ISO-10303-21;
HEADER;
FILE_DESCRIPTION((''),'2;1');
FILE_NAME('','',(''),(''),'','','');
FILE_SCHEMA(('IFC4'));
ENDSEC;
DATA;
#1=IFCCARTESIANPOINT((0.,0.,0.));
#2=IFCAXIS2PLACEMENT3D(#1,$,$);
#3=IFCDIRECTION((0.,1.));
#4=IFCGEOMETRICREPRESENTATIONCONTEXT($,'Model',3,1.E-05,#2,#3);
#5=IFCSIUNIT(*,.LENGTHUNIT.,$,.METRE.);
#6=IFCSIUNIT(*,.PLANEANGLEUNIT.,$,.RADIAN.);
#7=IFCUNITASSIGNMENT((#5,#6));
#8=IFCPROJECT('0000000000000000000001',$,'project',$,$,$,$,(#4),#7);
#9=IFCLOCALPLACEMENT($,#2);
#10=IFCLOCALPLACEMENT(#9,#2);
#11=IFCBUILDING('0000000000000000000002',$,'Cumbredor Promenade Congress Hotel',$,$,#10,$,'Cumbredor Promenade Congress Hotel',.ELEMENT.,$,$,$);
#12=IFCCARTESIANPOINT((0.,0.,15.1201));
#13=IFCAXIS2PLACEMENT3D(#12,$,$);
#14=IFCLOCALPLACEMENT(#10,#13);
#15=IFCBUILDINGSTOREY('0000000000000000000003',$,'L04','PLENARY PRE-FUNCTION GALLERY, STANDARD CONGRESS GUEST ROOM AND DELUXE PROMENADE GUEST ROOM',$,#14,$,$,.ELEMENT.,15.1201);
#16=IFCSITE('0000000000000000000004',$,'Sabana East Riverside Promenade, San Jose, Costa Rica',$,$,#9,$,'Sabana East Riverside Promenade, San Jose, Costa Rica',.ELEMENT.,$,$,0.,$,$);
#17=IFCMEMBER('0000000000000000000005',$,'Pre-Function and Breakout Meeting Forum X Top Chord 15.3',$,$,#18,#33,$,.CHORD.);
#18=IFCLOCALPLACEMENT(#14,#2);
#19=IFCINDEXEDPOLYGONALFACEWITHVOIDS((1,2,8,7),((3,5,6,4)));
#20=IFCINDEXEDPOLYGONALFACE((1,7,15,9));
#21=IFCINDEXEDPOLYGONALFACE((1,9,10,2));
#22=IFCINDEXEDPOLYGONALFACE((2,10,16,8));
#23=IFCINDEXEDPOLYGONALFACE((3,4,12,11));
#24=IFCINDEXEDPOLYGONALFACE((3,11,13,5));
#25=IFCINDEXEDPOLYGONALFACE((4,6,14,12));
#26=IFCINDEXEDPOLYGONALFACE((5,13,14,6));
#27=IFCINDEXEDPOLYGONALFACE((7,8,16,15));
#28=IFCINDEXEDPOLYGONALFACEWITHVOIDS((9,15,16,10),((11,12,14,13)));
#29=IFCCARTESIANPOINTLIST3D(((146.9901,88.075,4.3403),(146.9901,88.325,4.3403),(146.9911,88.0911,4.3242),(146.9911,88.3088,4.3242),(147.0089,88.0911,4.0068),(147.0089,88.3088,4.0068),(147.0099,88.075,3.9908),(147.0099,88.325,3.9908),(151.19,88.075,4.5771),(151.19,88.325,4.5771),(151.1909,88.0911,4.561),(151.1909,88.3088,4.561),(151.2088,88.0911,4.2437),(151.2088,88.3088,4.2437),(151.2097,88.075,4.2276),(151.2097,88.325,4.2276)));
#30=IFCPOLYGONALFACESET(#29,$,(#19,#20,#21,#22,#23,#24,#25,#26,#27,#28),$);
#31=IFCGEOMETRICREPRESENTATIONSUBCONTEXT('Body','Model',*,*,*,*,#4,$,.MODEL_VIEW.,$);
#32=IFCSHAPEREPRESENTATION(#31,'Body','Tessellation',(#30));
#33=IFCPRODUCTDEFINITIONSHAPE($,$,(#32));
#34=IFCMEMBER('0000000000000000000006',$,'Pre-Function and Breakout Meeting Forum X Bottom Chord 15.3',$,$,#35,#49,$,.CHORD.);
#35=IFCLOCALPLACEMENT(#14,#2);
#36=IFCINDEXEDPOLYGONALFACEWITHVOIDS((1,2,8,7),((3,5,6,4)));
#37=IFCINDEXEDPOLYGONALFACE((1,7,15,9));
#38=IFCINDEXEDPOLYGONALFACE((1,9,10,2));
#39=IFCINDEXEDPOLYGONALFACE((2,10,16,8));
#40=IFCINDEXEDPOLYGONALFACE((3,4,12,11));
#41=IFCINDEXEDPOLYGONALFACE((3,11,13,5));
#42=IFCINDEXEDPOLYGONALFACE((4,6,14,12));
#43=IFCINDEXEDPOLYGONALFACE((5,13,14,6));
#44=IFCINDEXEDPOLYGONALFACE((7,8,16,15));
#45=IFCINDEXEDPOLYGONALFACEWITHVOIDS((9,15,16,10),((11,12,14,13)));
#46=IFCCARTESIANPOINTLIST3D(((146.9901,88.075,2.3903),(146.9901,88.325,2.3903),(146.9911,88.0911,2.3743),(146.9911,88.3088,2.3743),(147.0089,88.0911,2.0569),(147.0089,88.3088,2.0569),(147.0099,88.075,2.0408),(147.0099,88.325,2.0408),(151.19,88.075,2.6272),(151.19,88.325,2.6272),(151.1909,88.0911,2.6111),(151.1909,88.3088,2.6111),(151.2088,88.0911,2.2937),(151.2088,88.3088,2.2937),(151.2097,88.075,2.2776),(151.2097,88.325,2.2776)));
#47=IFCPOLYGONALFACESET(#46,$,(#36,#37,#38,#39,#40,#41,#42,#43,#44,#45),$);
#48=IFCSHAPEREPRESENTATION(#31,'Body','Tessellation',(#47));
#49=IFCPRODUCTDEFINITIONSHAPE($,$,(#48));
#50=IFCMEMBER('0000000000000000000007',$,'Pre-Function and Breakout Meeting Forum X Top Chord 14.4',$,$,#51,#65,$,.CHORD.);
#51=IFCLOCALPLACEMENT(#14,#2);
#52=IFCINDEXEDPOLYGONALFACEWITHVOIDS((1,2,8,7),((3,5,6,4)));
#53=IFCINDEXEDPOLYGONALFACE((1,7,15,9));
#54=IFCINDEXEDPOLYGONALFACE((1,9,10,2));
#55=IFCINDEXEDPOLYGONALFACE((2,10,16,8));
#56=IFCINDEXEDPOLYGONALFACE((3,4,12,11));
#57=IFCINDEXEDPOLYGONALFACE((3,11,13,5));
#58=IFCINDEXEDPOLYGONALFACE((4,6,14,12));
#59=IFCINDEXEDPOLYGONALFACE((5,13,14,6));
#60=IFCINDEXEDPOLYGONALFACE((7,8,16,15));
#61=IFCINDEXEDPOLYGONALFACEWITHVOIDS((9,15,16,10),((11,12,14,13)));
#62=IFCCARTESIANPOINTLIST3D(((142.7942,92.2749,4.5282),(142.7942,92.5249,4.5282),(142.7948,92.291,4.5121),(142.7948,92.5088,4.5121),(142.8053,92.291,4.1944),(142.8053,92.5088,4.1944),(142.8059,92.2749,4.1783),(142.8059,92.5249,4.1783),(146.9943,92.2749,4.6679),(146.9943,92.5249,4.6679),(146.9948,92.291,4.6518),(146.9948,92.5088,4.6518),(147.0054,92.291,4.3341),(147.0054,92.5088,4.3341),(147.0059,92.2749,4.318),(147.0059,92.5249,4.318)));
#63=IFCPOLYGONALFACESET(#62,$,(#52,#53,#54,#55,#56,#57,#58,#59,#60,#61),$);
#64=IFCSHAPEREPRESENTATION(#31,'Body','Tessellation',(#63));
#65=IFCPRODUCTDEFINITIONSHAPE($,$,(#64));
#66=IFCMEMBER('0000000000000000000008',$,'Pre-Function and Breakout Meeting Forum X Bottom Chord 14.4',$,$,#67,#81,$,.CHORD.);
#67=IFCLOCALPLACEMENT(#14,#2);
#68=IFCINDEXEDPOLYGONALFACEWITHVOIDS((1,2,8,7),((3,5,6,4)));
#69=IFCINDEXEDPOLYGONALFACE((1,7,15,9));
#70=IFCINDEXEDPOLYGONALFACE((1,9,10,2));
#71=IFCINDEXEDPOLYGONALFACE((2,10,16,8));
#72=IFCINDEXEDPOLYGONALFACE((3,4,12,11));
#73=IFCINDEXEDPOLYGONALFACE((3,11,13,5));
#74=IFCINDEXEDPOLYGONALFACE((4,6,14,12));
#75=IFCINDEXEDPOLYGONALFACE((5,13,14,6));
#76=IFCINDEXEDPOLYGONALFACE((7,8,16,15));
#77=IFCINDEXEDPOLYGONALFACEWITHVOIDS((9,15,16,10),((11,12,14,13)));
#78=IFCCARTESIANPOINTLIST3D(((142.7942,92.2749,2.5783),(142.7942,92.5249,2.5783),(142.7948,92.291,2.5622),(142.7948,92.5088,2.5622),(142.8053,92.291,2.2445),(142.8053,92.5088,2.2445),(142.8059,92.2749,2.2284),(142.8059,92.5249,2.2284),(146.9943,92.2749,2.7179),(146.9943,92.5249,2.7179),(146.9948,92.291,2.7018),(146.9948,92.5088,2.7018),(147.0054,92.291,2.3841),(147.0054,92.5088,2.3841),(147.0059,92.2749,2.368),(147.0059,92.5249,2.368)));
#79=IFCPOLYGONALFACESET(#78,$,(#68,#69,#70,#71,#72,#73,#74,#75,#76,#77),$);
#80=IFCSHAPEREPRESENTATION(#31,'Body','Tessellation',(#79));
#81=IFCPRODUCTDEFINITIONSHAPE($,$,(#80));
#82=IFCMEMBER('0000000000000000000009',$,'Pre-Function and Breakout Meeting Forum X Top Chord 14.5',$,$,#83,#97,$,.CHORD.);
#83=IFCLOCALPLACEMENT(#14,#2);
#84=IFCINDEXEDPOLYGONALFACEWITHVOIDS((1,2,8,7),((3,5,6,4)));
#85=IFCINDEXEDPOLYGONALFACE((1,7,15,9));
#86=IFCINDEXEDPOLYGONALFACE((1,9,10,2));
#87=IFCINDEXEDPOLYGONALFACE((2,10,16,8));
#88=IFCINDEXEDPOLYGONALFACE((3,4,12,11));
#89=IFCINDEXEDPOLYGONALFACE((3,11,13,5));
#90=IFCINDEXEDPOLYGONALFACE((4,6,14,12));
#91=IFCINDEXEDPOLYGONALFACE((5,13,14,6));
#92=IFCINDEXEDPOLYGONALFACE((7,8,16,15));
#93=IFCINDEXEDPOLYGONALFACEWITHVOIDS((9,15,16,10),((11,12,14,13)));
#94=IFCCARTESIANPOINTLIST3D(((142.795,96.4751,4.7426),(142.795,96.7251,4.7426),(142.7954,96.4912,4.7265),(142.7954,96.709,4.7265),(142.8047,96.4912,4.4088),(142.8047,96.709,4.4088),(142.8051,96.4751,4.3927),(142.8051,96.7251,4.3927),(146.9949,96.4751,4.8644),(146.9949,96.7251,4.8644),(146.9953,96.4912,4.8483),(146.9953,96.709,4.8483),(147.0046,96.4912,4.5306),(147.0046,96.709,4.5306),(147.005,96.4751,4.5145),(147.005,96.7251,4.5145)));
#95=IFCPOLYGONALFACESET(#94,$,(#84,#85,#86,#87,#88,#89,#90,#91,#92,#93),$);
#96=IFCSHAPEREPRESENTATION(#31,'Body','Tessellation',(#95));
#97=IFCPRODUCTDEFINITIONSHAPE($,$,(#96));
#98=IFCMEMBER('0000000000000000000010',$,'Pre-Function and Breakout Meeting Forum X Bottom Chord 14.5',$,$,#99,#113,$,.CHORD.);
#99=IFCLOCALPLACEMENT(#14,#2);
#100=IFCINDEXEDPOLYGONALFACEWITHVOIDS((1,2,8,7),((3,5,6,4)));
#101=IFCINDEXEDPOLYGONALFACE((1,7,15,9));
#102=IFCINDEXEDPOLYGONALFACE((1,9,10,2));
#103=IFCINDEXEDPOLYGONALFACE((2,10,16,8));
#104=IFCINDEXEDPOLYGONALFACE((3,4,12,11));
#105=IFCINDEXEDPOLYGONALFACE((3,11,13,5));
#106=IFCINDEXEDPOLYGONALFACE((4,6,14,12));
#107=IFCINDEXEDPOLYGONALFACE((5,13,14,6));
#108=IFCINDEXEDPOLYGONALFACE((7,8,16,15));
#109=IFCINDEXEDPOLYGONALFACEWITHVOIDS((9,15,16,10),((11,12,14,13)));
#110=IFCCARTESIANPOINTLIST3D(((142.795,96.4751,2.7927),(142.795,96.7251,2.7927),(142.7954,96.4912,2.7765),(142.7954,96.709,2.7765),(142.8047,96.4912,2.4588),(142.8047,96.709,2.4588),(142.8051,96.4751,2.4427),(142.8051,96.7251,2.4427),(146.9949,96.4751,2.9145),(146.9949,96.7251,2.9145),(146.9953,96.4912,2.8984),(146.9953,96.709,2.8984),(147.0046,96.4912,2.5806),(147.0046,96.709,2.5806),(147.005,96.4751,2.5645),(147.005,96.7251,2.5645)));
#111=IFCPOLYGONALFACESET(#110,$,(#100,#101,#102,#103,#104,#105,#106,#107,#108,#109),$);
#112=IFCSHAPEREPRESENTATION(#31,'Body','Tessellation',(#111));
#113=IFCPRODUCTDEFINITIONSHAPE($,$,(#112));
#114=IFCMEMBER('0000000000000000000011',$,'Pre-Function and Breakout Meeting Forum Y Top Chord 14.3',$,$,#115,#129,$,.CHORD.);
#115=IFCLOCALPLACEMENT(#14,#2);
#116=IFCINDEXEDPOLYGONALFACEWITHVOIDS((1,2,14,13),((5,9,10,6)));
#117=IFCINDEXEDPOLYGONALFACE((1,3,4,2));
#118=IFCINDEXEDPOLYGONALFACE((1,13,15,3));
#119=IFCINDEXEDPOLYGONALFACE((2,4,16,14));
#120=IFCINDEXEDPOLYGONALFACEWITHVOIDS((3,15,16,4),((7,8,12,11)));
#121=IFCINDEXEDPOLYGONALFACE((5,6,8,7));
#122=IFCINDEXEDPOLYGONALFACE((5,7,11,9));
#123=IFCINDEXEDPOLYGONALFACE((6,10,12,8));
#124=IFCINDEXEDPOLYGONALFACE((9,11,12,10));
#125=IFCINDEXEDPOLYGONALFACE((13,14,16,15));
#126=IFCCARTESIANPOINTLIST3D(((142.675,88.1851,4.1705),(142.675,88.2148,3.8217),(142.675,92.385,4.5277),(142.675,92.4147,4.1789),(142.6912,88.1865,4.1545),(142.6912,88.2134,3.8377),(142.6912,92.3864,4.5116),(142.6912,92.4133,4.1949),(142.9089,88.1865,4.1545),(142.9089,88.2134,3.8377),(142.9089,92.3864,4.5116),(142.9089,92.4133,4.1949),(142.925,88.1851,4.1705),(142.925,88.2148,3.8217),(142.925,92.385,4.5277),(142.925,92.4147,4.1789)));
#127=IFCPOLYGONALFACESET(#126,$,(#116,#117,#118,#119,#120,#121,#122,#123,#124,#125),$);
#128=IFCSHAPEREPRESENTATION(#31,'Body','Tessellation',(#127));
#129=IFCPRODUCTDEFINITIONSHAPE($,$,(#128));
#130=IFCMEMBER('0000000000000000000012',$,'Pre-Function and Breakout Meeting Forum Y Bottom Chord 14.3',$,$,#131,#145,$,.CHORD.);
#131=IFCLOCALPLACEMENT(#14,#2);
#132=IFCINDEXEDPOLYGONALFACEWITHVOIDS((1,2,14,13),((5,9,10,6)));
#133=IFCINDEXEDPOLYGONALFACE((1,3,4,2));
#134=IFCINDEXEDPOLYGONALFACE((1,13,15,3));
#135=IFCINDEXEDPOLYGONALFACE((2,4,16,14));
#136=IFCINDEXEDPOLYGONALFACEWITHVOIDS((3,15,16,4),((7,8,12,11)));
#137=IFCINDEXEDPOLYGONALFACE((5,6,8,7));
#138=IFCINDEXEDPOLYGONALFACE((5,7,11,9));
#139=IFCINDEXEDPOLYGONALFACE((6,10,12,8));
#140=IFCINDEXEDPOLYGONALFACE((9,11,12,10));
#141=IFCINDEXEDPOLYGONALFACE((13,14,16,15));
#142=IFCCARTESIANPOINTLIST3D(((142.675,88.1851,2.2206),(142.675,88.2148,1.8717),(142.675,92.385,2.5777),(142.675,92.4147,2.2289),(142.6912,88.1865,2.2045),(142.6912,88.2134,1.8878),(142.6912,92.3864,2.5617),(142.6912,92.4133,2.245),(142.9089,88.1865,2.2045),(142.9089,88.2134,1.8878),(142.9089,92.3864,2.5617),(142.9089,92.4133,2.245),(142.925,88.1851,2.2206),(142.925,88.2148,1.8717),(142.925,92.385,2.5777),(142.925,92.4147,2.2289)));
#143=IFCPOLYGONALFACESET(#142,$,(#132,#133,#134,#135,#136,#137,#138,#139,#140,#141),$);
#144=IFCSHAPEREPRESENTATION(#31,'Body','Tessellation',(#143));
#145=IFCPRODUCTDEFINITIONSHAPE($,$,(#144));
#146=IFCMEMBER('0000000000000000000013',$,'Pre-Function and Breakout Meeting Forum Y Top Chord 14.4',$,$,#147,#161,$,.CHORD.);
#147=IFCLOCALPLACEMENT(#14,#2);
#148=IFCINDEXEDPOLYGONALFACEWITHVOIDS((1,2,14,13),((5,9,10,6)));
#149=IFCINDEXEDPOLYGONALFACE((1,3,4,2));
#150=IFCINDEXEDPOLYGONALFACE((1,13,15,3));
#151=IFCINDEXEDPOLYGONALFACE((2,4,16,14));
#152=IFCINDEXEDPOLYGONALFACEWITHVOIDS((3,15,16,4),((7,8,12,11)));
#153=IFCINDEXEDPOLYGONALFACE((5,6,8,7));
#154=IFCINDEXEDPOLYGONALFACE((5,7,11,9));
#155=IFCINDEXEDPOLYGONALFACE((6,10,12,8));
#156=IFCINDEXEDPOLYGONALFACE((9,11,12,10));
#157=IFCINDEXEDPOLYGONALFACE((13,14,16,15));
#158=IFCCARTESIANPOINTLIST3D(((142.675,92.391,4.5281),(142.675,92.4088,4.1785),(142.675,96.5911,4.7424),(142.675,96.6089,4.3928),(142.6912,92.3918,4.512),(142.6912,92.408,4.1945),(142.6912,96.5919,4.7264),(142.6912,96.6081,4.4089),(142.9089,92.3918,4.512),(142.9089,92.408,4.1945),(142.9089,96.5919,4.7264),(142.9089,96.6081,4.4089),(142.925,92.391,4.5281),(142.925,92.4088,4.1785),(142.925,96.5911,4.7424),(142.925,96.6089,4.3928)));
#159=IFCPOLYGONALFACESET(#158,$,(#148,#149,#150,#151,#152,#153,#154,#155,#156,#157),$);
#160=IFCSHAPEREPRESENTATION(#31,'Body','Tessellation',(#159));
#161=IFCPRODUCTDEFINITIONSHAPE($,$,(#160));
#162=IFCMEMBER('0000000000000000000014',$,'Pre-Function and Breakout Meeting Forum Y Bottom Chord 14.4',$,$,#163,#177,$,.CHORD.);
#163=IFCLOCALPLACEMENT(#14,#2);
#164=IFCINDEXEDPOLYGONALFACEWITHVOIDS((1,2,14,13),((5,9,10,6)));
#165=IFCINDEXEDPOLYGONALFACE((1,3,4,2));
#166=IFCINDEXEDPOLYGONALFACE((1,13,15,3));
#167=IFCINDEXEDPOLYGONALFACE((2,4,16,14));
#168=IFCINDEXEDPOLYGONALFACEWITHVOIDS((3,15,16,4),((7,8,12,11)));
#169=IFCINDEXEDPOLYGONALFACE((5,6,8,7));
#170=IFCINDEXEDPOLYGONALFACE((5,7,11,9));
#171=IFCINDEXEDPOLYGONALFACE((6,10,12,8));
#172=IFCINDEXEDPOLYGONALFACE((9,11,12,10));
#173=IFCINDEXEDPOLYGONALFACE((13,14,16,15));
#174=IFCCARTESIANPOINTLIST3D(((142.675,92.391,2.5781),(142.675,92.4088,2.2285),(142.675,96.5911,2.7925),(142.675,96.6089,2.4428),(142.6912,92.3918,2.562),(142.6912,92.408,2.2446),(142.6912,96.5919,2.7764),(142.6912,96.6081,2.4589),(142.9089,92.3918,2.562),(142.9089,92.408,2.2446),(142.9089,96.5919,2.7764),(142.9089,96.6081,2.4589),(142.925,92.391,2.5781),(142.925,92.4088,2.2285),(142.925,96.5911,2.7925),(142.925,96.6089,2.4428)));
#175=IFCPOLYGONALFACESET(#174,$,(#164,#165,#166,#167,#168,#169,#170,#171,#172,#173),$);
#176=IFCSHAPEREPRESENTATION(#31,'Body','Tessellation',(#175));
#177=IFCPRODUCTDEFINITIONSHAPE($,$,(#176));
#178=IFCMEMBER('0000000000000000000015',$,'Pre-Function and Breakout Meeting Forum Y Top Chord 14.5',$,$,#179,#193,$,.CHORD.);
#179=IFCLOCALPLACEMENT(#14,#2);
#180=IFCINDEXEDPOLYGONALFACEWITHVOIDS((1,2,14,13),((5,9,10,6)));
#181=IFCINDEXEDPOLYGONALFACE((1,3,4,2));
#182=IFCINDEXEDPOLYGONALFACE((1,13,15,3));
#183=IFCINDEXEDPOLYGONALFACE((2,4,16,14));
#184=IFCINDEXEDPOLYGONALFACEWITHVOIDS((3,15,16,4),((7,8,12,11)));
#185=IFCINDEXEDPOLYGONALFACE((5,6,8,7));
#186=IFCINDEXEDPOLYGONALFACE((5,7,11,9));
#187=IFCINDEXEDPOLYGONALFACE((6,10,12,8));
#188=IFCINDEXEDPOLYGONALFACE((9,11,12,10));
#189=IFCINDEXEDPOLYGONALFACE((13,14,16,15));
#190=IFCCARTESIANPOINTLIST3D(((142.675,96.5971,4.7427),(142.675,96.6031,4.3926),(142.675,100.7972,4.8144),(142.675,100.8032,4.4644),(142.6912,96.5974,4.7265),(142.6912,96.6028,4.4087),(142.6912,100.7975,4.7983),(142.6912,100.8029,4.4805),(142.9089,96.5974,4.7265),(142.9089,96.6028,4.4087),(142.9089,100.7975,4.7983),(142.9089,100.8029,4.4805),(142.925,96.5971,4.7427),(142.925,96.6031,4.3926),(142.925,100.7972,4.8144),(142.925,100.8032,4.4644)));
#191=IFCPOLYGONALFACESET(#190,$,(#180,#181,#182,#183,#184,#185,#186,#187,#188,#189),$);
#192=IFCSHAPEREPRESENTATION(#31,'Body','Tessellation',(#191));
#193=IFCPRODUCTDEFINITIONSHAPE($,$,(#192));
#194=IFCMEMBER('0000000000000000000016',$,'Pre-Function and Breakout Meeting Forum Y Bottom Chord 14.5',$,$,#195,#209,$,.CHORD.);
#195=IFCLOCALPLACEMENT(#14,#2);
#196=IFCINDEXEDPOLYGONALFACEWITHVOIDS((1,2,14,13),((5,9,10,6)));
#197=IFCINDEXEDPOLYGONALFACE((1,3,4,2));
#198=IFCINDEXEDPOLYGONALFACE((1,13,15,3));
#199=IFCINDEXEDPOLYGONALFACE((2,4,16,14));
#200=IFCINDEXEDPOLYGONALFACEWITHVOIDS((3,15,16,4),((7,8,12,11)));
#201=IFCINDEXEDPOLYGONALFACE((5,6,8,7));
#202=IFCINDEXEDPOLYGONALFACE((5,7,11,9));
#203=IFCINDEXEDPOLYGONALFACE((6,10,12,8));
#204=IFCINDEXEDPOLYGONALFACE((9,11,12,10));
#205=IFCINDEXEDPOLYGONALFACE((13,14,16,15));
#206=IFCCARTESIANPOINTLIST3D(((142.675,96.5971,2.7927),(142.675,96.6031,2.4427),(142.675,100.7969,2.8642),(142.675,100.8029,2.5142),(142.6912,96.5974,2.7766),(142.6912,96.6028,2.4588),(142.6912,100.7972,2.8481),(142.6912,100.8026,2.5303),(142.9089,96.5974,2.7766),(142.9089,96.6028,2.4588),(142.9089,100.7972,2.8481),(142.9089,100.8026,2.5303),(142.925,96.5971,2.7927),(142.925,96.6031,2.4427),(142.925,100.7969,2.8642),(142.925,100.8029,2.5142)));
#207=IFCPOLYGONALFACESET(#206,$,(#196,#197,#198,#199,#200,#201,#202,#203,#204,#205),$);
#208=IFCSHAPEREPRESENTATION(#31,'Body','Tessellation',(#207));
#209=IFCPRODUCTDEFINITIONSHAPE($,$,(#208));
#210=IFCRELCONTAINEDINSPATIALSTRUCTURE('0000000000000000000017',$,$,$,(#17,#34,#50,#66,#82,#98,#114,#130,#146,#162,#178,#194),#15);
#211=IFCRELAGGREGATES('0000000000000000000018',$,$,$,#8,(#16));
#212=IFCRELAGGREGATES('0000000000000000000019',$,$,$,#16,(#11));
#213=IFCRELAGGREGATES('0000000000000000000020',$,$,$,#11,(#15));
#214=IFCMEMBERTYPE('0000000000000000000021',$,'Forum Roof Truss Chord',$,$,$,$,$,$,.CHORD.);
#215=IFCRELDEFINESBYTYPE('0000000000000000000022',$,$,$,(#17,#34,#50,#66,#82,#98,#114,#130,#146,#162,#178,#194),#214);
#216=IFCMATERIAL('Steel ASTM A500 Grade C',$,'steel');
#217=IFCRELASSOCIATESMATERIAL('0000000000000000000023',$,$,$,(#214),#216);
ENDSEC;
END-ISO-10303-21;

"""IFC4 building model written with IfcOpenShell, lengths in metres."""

from ifc_helpers import new_model, si_unit, direction, frame, origin, origin_2d, place, context, subcontext, project, spatial, hollow_rectangle, extrude, material, material_profile, profile_set, type_object, element, save


model = new_model("IFC4")

# Units and contexts
model_context = context("Model", 3, precision=1e-05, world=origin(), true_north=direction((0.0, 1.0)))
body_context = subcontext(model_context, "Body", "Model", "MODEL_VIEW")
ifc_project = project(units=[si_unit("LENGTHUNIT", "METRE"), si_unit("PLANEANGLEUNIT", "RADIAN")], contexts=[model_context])

# Site, building, storey
site_placement = place(None, origin())
site = spatial("IfcSite", under=ifc_project, at=site_placement, Name="Sabana East Riverside Promenade, San Jose, Costa Rica", LongName="Sabana East Riverside Promenade, San Jose, Costa Rica", CompositionType="ELEMENT", RefElevation=0.0)
building_placement = place(site_placement, origin())
building = spatial("IfcBuilding", under=site, at=building_placement, Name="Cumbredor Promenade Congress Hotel", LongName="Cumbredor Promenade Congress Hotel", CompositionType="ELEMENT")
storey_placement = place(building_placement, frame((0.0, 0.0, 15.1201)))
storey = spatial("IfcBuildingStorey", under=building, at=storey_placement, Name="L04", Description="PLENARY PRE-FUNCTION GALLERY, STANDARD CONGRESS GUEST ROOM AND DELUXE PROMENADE GUEST ROOM", CompositionType="ELEMENT", Elevation=15.1201)

# Members
ifc_material_1 = material(Name="Steel ASTM A500 Grade C", Category="steel")
ifc_material_profile_1 = material_profile(ifc_material_1, hollow_rectangle(XDim=0.25, YDim=0.3501, WallThickness=0.0161, at=origin_2d()), Name="HSS 350x250x16")
ifc_profile_set_1 = profile_set([ifc_material_profile_1], Name="Steel ASTM A500 Grade C")
member_type_1 = type_object("IfcMemberType", Name="Forum Roof Truss Chord", PredefinedType="CHORD", material=ifc_profile_set_1)
for number, where, z_axis, x_axis, name in (
    (1, (147.0, 88.2, 4.1655), (0.998414, 0.0, 0.056296), (0.0, 1.0, 0.0), "Pre-Function and Breakout Meeting Forum X Top Chord 15.3"),
    (2, (147.0, 88.2, 2.2156), (0.998414, 0.0, 0.056296), (0.0, 1.0, 0.0), "Pre-Function and Breakout Meeting Forum X Bottom Chord 15.3"),
):
    element("IfcMember", number, at=place(storey_placement, frame(where, z_axis=z_axis, x_axis=x_axis)), inside=storey, type_object=member_type_1, Name=name, PredefinedType="CHORD", context=body_context, shape_type="SweptSolid", body=[
        extrude(hollow_rectangle(XDim=0.25, YDim=0.3501, WallThickness=0.0161, at=origin_2d()), origin(), (0.0, 0.0, 1.0), 4.2065),
    ])
for number, where, z_axis, x_axis, name in (
    (3, (142.8, 92.3999, 4.3533), (0.999448, 0.0, 0.033232), (0.0, 1.0, 0.0), "Pre-Function and Breakout Meeting Forum X Top Chord 14.4"),
    (4, (142.8, 92.3999, 2.4033), (0.999448, 0.0, 0.033232), (0.0, 1.0, 0.0), "Pre-Function and Breakout Meeting Forum X Bottom Chord 14.4"),
):
    element("IfcMember", number, at=place(storey_placement, frame(where, z_axis=z_axis, x_axis=x_axis)), inside=storey, type_object=member_type_1, Name=name, PredefinedType="CHORD", context=body_context, shape_type="SweptSolid", body=[
        extrude(hollow_rectangle(XDim=0.25, YDim=0.3501, WallThickness=0.0161, at=origin_2d()), origin(), (0.0, 0.0, 1.0), 4.2024),
    ])
for number, where, z_axis, x_axis, name in (
    (5, (142.8, 96.6001, 4.5676), (0.99958, 0.0, 0.028994), (0.0, 1.0, 0.0), "Pre-Function and Breakout Meeting Forum X Top Chord 14.5"),
    (6, (142.8, 96.6001, 2.6177), (0.99958, 0.0, 0.028994), (0.0, 1.0, 0.0), "Pre-Function and Breakout Meeting Forum X Bottom Chord 14.5"),
):
    element("IfcMember", number, at=place(storey_placement, frame(where, z_axis=z_axis, x_axis=x_axis)), inside=storey, type_object=member_type_1, Name=name, PredefinedType="CHORD", context=body_context, shape_type="SweptSolid", body=[
        extrude(hollow_rectangle(XDim=0.25, YDim=0.3501, WallThickness=0.0161, at=origin_2d()), origin(), (0.0, 0.0, 1.0), 4.2017),
    ])
for number, where, z_axis, x_axis, name in (
    (7, (142.8, 88.2, 3.9961), (0.0, 0.996403, 0.084737), (-1.0, 0.0, 0.0), "Pre-Function and Breakout Meeting Forum Y Top Chord 14.3"),
    (8, (142.8, 88.2, 2.0461), (0.0, 0.996403, 0.084737), (-1.0, 0.0, 0.0), "Pre-Function and Breakout Meeting Forum Y Bottom Chord 14.3"),
):
    element("IfcMember", number, at=place(storey_placement, frame(where, z_axis=z_axis, x_axis=x_axis)), inside=storey, type_object=member_type_1, Name=name, PredefinedType="CHORD", context=body_context, shape_type="SweptSolid", body=[
        extrude(hollow_rectangle(XDim=0.25, YDim=0.3501, WallThickness=0.0161, at=origin_2d()), origin(), (0.0, 0.0, 1.0), 4.2151),
    ])
for number, where, z_axis, x_axis, name in (
    (9, (142.8, 92.3999, 4.3533), (0.0, 0.9987, 0.050968), (-1.0, 0.0, 0.0), "Pre-Function and Breakout Meeting Forum Y Top Chord 14.4"),
    (10, (142.8, 92.3999, 2.4033), (0.0, 0.9987, 0.050968), (-1.0, 0.0, 0.0), "Pre-Function and Breakout Meeting Forum Y Bottom Chord 14.4"),
):
    element("IfcMember", number, at=place(storey_placement, frame(where, z_axis=z_axis, x_axis=x_axis)), inside=storey, type_object=member_type_1, Name=name, PredefinedType="CHORD", context=body_context, shape_type="SweptSolid", body=[
        extrude(hollow_rectangle(XDim=0.25, YDim=0.3501, WallThickness=0.0161, at=origin_2d()), origin(), (0.0, 0.0, 1.0), 4.2056),
    ])
member_1_placement = place(storey_placement, frame((142.8, 96.6001, 4.5676), z_axis=(0.0, 0.999854, 0.017088), x_axis=(-1.0, 0.0, 0.0)))
element("IfcMember", 11, at=member_1_placement, inside=storey, type_object=member_type_1, Name="Pre-Function and Breakout Meeting Forum Y Top Chord 14.5", PredefinedType="CHORD", context=body_context, shape_type="SweptSolid", body=[
    extrude(hollow_rectangle(XDim=0.25, YDim=0.3501, WallThickness=0.0161, at=origin_2d()), origin(), (0.0, 0.0, 1.0), 4.2007),
])
member_2_placement = place(storey_placement, frame((142.8, 96.6001, 2.6177), z_axis=(0.0, 0.999855, 0.017029), x_axis=(-1.0, 0.0, 0.0)))
element("IfcMember", 12, at=member_2_placement, inside=storey, type_object=member_type_1, Name="Pre-Function and Breakout Meeting Forum Y Bottom Chord 14.5", PredefinedType="CHORD", context=body_context, shape_type="SweptSolid", body=[
    extrude(hollow_rectangle(XDim=0.25, YDim=0.3501, WallThickness=0.0161, at=origin_2d()), origin(), (0.0, 0.0, 1.0), 4.2004),
])

save(model, "model.ifc")
